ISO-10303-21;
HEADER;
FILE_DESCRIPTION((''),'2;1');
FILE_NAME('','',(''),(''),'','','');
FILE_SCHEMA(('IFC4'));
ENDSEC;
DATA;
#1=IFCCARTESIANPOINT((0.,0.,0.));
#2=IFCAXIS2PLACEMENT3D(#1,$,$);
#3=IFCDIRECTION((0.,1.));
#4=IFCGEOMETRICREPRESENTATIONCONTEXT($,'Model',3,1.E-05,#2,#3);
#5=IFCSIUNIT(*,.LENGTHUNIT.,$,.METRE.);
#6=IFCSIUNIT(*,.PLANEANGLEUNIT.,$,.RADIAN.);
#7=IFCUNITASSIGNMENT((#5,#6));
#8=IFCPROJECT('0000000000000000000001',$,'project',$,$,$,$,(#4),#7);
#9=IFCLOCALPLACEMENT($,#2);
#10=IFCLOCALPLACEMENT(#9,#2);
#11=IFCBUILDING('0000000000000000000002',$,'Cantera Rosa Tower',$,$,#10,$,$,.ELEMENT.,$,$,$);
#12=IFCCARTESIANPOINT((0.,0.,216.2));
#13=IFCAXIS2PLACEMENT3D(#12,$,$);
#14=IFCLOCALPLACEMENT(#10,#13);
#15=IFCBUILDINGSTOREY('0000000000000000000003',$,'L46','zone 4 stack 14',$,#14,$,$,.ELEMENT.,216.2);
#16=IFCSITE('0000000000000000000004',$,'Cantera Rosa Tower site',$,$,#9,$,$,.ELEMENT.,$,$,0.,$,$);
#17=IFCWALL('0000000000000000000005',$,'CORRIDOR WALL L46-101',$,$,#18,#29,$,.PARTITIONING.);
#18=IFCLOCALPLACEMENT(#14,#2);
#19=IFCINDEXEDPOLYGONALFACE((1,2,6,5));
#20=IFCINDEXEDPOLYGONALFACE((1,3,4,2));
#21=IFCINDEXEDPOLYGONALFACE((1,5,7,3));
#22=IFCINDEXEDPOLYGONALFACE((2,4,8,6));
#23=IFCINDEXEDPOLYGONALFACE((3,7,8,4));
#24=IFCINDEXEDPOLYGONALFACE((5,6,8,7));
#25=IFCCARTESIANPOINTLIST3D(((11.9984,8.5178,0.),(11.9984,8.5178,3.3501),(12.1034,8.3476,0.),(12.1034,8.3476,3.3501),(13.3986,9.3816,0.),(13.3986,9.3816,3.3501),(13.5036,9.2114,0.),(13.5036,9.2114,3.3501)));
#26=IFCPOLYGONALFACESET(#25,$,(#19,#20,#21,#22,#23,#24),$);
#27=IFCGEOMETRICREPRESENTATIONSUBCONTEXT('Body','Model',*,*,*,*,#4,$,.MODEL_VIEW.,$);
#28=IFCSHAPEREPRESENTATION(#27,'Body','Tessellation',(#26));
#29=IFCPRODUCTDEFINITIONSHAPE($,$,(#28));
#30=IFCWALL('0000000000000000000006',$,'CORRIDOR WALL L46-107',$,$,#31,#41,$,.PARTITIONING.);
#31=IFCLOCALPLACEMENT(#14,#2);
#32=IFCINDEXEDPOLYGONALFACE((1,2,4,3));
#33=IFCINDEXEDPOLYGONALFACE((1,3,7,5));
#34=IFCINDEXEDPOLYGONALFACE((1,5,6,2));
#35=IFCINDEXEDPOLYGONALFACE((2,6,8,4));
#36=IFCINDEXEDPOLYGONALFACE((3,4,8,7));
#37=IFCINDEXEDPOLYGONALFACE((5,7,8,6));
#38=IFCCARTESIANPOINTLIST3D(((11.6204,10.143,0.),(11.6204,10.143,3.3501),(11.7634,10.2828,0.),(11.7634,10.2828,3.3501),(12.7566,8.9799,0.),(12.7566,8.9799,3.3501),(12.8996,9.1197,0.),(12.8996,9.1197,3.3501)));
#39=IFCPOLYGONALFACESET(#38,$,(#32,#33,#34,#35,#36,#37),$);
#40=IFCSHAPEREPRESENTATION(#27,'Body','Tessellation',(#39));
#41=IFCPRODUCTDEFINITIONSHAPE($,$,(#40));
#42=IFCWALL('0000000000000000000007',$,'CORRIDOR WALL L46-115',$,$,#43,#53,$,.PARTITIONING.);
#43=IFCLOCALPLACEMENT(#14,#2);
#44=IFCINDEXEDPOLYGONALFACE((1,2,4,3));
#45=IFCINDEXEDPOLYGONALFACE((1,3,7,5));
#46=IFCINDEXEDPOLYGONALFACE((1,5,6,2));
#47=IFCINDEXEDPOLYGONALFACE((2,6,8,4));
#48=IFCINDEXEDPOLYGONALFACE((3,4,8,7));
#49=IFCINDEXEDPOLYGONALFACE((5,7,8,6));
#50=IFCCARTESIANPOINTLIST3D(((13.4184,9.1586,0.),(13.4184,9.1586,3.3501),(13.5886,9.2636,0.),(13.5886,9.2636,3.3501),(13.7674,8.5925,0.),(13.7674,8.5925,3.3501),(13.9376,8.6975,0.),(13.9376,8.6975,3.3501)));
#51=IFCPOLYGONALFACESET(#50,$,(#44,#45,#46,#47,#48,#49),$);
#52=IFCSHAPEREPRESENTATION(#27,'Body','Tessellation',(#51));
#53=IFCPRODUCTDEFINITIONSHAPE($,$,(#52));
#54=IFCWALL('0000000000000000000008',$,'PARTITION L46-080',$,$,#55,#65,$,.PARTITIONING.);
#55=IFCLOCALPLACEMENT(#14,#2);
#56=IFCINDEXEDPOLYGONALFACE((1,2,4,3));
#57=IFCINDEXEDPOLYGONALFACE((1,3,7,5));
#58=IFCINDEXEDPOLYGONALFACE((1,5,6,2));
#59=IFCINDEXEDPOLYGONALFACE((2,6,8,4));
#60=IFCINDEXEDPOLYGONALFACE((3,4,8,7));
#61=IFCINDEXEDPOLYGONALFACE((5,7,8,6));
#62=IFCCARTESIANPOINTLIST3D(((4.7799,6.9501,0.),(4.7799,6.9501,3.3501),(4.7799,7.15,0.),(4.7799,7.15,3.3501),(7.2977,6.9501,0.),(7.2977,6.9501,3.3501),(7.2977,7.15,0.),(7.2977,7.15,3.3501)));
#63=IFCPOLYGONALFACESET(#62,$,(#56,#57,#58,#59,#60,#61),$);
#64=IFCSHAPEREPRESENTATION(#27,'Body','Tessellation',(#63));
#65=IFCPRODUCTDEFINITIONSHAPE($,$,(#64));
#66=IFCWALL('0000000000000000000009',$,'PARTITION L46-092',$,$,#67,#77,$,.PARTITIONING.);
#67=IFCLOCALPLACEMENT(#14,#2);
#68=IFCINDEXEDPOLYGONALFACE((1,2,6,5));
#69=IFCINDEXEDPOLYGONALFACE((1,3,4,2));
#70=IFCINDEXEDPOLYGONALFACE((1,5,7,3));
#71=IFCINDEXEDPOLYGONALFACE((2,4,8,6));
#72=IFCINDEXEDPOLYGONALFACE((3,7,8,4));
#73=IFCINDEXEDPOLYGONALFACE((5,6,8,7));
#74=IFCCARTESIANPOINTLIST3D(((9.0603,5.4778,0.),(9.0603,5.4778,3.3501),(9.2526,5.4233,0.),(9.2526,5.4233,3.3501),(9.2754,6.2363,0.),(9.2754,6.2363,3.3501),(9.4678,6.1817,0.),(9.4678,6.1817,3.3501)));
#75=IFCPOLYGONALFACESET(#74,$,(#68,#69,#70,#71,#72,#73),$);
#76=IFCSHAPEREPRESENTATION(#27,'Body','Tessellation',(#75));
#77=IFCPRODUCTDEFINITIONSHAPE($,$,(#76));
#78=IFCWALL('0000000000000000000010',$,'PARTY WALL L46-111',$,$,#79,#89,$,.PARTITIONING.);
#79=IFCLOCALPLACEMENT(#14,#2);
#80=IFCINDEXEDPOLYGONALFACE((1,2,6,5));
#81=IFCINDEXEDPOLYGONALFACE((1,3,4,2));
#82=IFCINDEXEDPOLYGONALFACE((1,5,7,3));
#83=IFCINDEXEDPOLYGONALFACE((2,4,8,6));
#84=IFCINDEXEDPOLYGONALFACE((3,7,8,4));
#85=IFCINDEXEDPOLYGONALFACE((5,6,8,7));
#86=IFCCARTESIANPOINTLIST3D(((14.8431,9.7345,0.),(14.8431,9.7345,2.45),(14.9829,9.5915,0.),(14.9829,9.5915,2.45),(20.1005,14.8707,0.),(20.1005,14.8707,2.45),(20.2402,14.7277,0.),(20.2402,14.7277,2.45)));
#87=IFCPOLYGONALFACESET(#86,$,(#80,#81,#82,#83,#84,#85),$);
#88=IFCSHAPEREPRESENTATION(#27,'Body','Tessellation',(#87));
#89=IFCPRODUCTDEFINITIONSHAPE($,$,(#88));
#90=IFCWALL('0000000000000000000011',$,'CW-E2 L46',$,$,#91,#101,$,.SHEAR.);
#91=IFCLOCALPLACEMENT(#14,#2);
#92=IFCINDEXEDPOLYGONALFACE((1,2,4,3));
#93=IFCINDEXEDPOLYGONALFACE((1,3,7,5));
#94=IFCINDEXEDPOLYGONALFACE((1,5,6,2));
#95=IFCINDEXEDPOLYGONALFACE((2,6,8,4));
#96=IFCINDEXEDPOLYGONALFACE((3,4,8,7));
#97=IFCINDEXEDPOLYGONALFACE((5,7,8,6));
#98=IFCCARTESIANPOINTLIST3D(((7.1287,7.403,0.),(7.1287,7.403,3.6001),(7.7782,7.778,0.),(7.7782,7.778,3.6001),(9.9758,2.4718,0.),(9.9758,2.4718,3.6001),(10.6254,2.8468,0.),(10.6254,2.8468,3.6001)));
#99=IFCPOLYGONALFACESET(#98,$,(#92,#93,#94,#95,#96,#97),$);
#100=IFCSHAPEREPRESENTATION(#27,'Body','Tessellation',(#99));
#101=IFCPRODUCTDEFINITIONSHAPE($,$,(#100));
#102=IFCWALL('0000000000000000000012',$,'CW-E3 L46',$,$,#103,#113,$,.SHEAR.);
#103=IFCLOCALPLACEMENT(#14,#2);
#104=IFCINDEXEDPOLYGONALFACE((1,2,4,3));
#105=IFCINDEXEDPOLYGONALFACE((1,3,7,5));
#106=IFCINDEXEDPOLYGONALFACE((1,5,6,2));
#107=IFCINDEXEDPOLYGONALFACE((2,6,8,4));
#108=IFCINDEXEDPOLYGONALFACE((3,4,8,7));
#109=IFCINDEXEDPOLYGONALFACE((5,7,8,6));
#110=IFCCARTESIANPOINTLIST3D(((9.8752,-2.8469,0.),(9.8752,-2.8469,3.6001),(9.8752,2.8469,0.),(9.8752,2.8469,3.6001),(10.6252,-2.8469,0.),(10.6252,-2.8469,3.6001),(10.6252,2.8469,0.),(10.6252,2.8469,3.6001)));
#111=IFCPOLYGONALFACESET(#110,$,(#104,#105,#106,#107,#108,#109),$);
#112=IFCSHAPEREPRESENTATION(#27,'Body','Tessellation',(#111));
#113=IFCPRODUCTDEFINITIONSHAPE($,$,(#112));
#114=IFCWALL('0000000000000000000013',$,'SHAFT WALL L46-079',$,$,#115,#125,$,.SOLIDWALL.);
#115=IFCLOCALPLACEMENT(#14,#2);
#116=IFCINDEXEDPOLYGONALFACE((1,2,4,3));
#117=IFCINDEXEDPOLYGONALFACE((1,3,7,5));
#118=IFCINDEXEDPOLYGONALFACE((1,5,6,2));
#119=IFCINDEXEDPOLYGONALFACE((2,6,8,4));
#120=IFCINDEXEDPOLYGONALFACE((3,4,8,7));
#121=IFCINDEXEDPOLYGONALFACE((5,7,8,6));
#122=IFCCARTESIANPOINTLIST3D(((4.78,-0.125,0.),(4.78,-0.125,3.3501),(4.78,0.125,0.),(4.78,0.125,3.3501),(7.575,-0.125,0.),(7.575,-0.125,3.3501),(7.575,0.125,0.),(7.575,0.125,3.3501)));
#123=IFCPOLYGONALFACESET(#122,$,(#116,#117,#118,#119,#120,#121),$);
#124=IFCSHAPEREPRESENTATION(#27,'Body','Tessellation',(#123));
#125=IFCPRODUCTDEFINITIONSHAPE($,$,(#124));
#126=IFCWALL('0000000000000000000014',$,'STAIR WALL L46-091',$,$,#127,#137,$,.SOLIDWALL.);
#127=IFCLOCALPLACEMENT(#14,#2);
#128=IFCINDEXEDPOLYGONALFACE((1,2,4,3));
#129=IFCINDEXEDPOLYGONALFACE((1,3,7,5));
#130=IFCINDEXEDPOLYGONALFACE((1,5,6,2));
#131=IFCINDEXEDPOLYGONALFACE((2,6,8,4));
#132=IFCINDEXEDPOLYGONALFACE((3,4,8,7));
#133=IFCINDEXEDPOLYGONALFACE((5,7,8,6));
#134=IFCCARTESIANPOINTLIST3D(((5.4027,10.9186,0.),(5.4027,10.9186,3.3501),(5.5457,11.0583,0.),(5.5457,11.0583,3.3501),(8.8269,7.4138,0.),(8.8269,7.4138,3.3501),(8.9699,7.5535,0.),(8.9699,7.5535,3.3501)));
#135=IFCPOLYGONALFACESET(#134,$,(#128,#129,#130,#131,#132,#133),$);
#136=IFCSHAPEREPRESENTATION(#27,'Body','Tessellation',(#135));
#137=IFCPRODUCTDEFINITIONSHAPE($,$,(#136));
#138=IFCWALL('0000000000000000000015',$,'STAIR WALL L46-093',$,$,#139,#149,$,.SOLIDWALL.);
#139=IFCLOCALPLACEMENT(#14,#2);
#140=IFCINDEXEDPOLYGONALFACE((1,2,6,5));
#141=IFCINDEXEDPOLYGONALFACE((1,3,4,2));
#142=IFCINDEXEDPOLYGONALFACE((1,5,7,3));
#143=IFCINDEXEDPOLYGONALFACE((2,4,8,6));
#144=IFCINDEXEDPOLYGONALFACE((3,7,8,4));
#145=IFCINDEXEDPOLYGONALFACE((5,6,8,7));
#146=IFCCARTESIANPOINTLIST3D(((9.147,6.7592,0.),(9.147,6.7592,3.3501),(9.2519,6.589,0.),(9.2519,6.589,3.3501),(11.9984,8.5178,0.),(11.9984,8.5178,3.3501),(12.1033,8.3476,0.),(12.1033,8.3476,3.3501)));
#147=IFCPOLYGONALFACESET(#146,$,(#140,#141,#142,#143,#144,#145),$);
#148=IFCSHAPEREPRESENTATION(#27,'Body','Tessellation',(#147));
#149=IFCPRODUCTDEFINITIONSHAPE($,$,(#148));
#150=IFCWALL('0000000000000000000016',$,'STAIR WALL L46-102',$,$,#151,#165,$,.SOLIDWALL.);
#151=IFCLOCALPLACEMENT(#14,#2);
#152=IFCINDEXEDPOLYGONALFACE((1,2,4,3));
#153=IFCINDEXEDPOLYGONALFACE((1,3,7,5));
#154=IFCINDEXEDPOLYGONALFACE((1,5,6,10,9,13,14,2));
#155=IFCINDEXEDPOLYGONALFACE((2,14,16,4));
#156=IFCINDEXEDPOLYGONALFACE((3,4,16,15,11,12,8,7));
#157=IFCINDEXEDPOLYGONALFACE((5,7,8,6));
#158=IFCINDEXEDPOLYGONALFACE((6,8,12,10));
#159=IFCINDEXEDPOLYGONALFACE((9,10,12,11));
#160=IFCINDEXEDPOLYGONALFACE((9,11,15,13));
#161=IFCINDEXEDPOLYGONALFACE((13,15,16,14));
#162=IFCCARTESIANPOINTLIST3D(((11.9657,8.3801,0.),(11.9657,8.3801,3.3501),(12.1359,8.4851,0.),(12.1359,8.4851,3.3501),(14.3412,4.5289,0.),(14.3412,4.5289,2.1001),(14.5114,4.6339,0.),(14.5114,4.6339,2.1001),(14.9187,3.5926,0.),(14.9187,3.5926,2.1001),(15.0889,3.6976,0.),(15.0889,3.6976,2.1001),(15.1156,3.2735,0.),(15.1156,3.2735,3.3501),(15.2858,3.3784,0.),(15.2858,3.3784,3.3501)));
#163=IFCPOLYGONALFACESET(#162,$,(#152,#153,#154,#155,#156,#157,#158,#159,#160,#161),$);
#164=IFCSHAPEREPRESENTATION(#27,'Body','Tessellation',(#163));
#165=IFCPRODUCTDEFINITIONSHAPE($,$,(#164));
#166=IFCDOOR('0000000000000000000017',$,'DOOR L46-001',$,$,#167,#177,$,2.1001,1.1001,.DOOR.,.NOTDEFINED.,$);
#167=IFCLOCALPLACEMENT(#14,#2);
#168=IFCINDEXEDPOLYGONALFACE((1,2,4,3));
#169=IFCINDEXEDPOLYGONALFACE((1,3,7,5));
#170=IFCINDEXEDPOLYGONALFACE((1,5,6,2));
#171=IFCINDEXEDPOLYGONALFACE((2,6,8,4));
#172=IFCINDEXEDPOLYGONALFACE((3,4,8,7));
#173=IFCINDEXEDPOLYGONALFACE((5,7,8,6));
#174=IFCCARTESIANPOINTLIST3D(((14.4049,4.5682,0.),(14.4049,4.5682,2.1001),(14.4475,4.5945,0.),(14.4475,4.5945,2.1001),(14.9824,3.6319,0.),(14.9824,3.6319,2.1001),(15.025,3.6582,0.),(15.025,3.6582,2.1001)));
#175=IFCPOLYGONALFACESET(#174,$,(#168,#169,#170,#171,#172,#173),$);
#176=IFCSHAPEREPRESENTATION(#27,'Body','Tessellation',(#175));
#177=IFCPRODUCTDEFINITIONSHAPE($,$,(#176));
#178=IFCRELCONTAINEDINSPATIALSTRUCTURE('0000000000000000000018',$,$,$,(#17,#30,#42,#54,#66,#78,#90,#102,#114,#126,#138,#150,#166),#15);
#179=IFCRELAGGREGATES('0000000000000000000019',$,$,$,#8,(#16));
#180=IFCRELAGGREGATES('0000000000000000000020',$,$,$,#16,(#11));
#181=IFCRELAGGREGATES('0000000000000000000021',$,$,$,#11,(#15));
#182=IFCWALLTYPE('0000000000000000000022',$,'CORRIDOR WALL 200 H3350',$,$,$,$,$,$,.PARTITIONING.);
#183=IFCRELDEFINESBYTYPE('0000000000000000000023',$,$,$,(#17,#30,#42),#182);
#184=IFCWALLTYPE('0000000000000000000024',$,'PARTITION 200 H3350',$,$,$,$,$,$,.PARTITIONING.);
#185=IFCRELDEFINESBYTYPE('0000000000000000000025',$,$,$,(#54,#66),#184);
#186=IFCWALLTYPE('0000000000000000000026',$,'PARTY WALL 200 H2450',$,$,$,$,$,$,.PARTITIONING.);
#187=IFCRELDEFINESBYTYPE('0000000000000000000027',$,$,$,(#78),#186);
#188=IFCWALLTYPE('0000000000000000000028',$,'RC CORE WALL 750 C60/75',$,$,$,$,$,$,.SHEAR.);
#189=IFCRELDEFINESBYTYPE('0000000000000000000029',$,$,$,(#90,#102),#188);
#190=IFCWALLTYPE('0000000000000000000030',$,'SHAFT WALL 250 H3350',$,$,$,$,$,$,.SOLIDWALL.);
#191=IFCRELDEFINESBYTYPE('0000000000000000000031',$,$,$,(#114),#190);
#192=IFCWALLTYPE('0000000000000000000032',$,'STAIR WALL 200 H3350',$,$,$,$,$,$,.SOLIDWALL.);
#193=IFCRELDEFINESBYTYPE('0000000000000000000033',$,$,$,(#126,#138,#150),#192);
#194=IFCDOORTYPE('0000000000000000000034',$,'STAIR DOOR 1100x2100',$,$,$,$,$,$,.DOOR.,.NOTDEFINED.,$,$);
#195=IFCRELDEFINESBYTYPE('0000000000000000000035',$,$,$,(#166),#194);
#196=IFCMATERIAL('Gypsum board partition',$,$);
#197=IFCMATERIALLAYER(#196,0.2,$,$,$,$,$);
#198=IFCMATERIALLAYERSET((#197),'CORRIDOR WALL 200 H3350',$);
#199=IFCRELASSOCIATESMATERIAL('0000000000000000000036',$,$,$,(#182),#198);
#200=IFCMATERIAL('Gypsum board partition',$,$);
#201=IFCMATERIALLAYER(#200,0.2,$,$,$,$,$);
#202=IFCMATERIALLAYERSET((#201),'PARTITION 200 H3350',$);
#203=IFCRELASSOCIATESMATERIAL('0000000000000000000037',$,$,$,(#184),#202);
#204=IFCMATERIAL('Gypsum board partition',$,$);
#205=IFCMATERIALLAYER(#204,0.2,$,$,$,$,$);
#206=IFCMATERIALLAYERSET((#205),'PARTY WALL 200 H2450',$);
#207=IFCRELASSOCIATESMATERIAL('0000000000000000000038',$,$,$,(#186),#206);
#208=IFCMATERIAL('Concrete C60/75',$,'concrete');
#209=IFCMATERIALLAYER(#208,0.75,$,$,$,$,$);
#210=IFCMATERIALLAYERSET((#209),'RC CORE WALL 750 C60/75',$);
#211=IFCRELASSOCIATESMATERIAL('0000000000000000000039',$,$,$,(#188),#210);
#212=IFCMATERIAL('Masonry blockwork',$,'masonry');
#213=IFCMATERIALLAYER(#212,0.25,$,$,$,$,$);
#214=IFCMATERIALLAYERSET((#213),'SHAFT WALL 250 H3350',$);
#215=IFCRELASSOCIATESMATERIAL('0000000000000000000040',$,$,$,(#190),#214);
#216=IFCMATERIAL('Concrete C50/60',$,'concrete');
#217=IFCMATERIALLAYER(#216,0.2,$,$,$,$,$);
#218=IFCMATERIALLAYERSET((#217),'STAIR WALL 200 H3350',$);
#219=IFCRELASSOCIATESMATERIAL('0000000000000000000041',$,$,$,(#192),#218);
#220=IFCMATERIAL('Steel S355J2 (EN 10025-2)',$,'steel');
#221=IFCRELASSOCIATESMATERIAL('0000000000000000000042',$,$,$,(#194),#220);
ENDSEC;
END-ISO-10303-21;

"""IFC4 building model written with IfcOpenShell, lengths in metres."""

from ifc_helpers import new_model, si_unit, direction, frame, frame_2d, origin, place, context, subcontext, project, spatial, rectangle, extrude, material, layer, layer_set, type_object, element, fill, save


model = new_model("IFC4")

# Units and contexts
model_context = context("Model", 3, precision=1e-05, world=origin(), true_north=direction((0.0, 1.0)))
body_context = subcontext(model_context, "Body", "Model", "MODEL_VIEW")
ifc_project = project(units=[si_unit("LENGTHUNIT", "METRE"), si_unit("PLANEANGLEUNIT", "RADIAN")], contexts=[model_context])

# Site, building, storey
site_placement = place(None, origin())
site = spatial("IfcSite", under=ifc_project, at=site_placement, Name="Cantera Rosa Tower site", CompositionType="ELEMENT", RefElevation=0.0)
building_placement = place(site_placement, origin())
building = spatial("IfcBuilding", under=site, at=building_placement, Name="Cantera Rosa Tower", CompositionType="ELEMENT")
storey_placement = place(building_placement, frame((0.0, 0.0, 216.2)))
storey = spatial("IfcBuildingStorey", under=building, at=storey_placement, Name="L46", Description="zone 4 stack 14", CompositionType="ELEMENT", Elevation=216.2)

# Walls
ifc_material_1 = material(Name="Gypsum board partition")
ifc_layer_1 = layer(ifc_material_1, 0.2)
ifc_layer_set_1 = layer_set([ifc_layer_1], Name="CORRIDOR WALL 200 H3350")
wall_type_1 = type_object("IfcWallType", Name="CORRIDOR WALL 200 H3350", PredefinedType="PARTITIONING", material=ifc_layer_set_1)
wall_1_placement = place(storey_placement, frame((12.0508, 8.4326, 0.0), z_axis=(0.0, 0.0, 1.0), x_axis=(0.851077, 0.525041, 0.0)))
element("IfcWall", 1, at=wall_1_placement, inside=storey, type_object=wall_type_1, Name="CORRIDOR WALL L46-101", PredefinedType="PARTITIONING", context=body_context, shape_type="SweptSolid", body=[
    extrude(rectangle(XDim=1.6453, YDim=0.2, at=frame_2d((0.8228, 0.0))), origin(), (0.0, 0.0, 1.0), 3.3501),
])
wall_2_placement = place(storey_placement, frame((12.8281, 9.0498, 0.0), z_axis=(0.0, 0.0, 1.0), x_axis=(-0.6988, 0.715317, 0.0)))
element("IfcWall", 2, at=wall_2_placement, inside=storey, type_object=wall_type_1, Name="CORRIDOR WALL L46-107", PredefinedType="PARTITIONING", context=body_context, shape_type="SweptSolid", body=[
    extrude(rectangle(XDim=1.626, YDim=0.2, at=frame_2d((0.813, 0.0))), origin(), (0.0, 0.0, 1.0), 3.3501),
])
wall_3_placement = place(storey_placement, frame((13.8525, 8.645, 0.0), z_axis=(0.0, 0.0, 1.0), x_axis=(-0.524875, 0.851179, 0.0)))
element("IfcWall", 3, at=wall_3_placement, inside=storey, type_object=wall_type_1, Name="CORRIDOR WALL L46-115", PredefinedType="PARTITIONING", context=body_context, shape_type="SweptSolid", body=[
    extrude(rectangle(XDim=0.665, YDim=0.2, at=frame_2d((0.3325, 0.0))), origin(), (0.0, 0.0, 1.0), 3.3501),
])
ifc_material_2 = material(Name="Gypsum board partition")
ifc_layer_2 = layer(ifc_material_2, 0.2)
ifc_layer_set_2 = layer_set([ifc_layer_2], Name="PARTITION 200 H3350")
wall_type_2 = type_object("IfcWallType", Name="PARTITION 200 H3350", PredefinedType="PARTITIONING", material=ifc_layer_set_2)
wall_4_placement = place(storey_placement, frame((4.78, 7.05, 0.0), z_axis=(0.0, 0.0, 1.0), x_axis=(1.0, 0.0, 0.0)))
element("IfcWall", 4, at=wall_4_placement, inside=storey, type_object=wall_type_2, Name="PARTITION L46-080", PredefinedType="PARTITIONING", context=body_context, shape_type="SweptSolid", body=[
    extrude(rectangle(XDim=2.5178, YDim=0.2, at=frame_2d((1.2588, 0.0))), origin(), (0.0, 0.0, 1.0), 3.3501),
])
wall_5_placement = place(storey_placement, frame((9.1565, 5.4507, 0.0), z_axis=(0.0, 0.0, 1.0), x_axis=(0.27288, 0.962048, 0.0)))
element("IfcWall", 5, at=wall_5_placement, inside=storey, type_object=wall_type_2, Name="PARTITION L46-092", PredefinedType="PARTITIONING", context=body_context, shape_type="SweptSolid", body=[
    extrude(rectangle(XDim=0.7883, YDim=0.2, at=frame_2d((0.394, 0.0))), origin(), (0.0, 0.0, 1.0), 3.3501),
])
ifc_material_3 = material(Name="Gypsum board partition")
ifc_layer_3 = layer(ifc_material_3, 0.2)
ifc_layer_set_3 = layer_set([ifc_layer_3], Name="PARTY WALL 200 H2450")
wall_type_3 = type_object("IfcWallType", Name="PARTY WALL 200 H2450", PredefinedType="PARTITIONING", material=ifc_layer_set_3)
wall_6_placement = place(storey_placement, frame((14.9131, 9.6631, 0.0), z_axis=(0.0, 0.0, 1.0), x_axis=(0.715297, 0.698821, 0.0)))
element("IfcWall", 6, at=wall_6_placement, inside=storey, type_object=wall_type_3, Name="PARTY WALL L46-111", PredefinedType="PARTITIONING", context=body_context, shape_type="SweptSolid", body=[
    extrude(rectangle(XDim=7.3499, YDim=0.2, at=frame_2d((3.6748, 0.0))), origin(), (0.0, 0.0, 1.0), 2.45),
])
ifc_material_4 = material(Name="Concrete C60/75", Category="concrete")
ifc_layer_4 = layer(ifc_material_4, 0.75)
ifc_layer_set_4 = layer_set([ifc_layer_4], Name="RC CORE WALL 750 C60/75")
wall_type_4 = type_object("IfcWallType", Name="RC CORE WALL 750 C60/75", PredefinedType="SHEAR", material=ifc_layer_set_4)
wall_7_placement = place(storey_placement, frame((7.4534, 7.5906, 0.0), z_axis=(0.0, 0.0, 1.0), x_axis=(0.500022, -0.866013, 0.0)))
element("IfcWall", 7, at=wall_7_placement, inside=storey, type_object=wall_type_4, Name="CW-E2 L46", PredefinedType="SHEAR", context=body_context, shape_type="SweptSolid", body=[
    extrude(rectangle(XDim=5.6941, YDim=0.75, at=frame_2d((2.8472, 0.0))), origin(), (0.0, 0.0, 1.0), 3.6001),
])
wall_8_placement = place(storey_placement, frame((10.2502, 2.8469, 0.0), z_axis=(0.0, 0.0, 1.0), x_axis=(0.0, -1.0, 0.0)))
element("IfcWall", 8, at=wall_8_placement, inside=storey, type_object=wall_type_4, Name="CW-E3 L46", PredefinedType="SHEAR", context=body_context, shape_type="SweptSolid", body=[
    extrude(rectangle(XDim=5.6938, YDim=0.75, at=frame_2d((2.8469, 0.0))), origin(), (0.0, 0.0, 1.0), 3.6001),
])
ifc_material_5 = material(Name="Masonry blockwork", Category="masonry")
ifc_layer_5 = layer(ifc_material_5, 0.25)
ifc_layer_set_5 = layer_set([ifc_layer_5], Name="SHAFT WALL 250 H3350")
wall_type_5 = type_object("IfcWallType", Name="SHAFT WALL 250 H3350", PredefinedType="SOLIDWALL", material=ifc_layer_set_5)
wall_9_placement = place(storey_placement, frame((4.78, 0.0, 0.0), z_axis=(0.0, 0.0, 1.0), x_axis=(1.0, 0.0, 0.0)))
element("IfcWall", 9, at=wall_9_placement, inside=storey, type_object=wall_type_5, Name="SHAFT WALL L46-079", PredefinedType="SOLIDWALL", context=body_context, shape_type="SweptSolid", body=[
    extrude(rectangle(XDim=2.7949, YDim=0.25, at=frame_2d((1.3975, 0.0))), origin(), (0.0, 0.0, 1.0), 3.3501),
])
ifc_material_6 = material(Name="Concrete C50/60", Category="concrete")
ifc_layer_6 = layer(ifc_material_6, 0.2)
ifc_layer_set_6 = layer_set([ifc_layer_6], Name="STAIR WALL 200 H3350")
wall_type_6 = type_object("IfcWallType", Name="STAIR WALL 200 H3350", PredefinedType="SOLIDWALL", material=ifc_layer_set_6)
wall_10_placement = place(storey_placement, frame((8.8984, 7.4836, 0.0), z_axis=(0.0, 0.0, 1.0), x_axis=(-0.698838, 0.71528, 0.0)))
element("IfcWall", 10, at=wall_10_placement, inside=storey, type_object=wall_type_6, Name="STAIR WALL L46-091", PredefinedType="SOLIDWALL", context=body_context, shape_type="SweptSolid", body=[
    extrude(rectangle(XDim=4.8999, YDim=0.2, at=frame_2d((2.45, 0.0))), origin(), (0.0, 0.0, 1.0), 3.3501),
])
wall_11_placement = place(storey_placement, frame((9.1995, 6.6741, 0.0), z_axis=(0.0, 0.0, 1.0), x_axis=(0.85114, 0.524939, 0.0)))
element("IfcWall", 11, at=wall_11_placement, inside=storey, type_object=wall_type_6, Name="STAIR WALL L46-093", PredefinedType="SOLIDWALL", context=body_context, shape_type="SweptSolid", body=[
    extrude(rectangle(XDim=3.3501, YDim=0.2, at=frame_2d((1.675, 0.0))), origin(), (0.0, 0.0, 1.0), 3.3501),
])

# Wall, opening, door
wall_12_placement = place(storey_placement, frame((12.0508, 8.4326, 0.0), z_axis=(0.0, 0.0, 1.0), x_axis=(0.524983, -0.851113, 0.0)))
wall_12 = element("IfcWall", 12, at=wall_12_placement, inside=storey, type_object=wall_type_6, Name="STAIR WALL L46-102", PredefinedType="SOLIDWALL", context=body_context, shape_type="SweptSolid", body=[
    extrude(rectangle(XDim=6.0, YDim=0.2, at=frame_2d((3.0, 0.0))), origin(), (0.0, 0.0, 1.0), 3.3501),
])
opening_placement = place(wall_12_placement, frame((4.5249, 0.0, 0.0)))
opening = element("IfcOpeningElement", 13, at=opening_placement, cuts=wall_12, PredefinedType="OPENING", context=body_context, shape_type="SweptSolid", body=[
    extrude(rectangle(XDim=1.1001, YDim=2.1001, at=frame_2d((0.55, 1.05))), frame((0.0, 0.1099, 0.0), z_axis=(0.0, -1.0, 0.0), x_axis=(1.0, 0.0, 0.0)), (0.0, 0.0, 1.0), 0.22),
])
ifc_material_7 = material(Name="Steel S355J2 (EN 10025-2)", Category="steel")
door_type = type_object("IfcDoorType", Name="STAIR DOOR 1100x2100", OperationType="NOTDEFINED", PredefinedType="DOOR", material=ifc_material_7)
door_placement = place(opening_placement, origin())
door = element("IfcDoor", 14, at=door_placement, inside=storey, type_object=door_type, Name="DOOR L46-001", OperationType="NOTDEFINED", OverallHeight=2.1001, OverallWidth=1.1001, PredefinedType="DOOR", context=body_context, shape_type="SweptSolid", body=[
    extrude(rectangle(XDim=1.1001, YDim=2.1001, at=frame_2d((0.55, 1.05))), frame((0.0, 0.0249, 0.0), z_axis=(0.0, -1.0, 0.0), x_axis=(1.0, 0.0, 0.0)), (0.0, 0.0, 1.0), 0.05),
])
fill(opening, door)

save(model, "model.ifc")
